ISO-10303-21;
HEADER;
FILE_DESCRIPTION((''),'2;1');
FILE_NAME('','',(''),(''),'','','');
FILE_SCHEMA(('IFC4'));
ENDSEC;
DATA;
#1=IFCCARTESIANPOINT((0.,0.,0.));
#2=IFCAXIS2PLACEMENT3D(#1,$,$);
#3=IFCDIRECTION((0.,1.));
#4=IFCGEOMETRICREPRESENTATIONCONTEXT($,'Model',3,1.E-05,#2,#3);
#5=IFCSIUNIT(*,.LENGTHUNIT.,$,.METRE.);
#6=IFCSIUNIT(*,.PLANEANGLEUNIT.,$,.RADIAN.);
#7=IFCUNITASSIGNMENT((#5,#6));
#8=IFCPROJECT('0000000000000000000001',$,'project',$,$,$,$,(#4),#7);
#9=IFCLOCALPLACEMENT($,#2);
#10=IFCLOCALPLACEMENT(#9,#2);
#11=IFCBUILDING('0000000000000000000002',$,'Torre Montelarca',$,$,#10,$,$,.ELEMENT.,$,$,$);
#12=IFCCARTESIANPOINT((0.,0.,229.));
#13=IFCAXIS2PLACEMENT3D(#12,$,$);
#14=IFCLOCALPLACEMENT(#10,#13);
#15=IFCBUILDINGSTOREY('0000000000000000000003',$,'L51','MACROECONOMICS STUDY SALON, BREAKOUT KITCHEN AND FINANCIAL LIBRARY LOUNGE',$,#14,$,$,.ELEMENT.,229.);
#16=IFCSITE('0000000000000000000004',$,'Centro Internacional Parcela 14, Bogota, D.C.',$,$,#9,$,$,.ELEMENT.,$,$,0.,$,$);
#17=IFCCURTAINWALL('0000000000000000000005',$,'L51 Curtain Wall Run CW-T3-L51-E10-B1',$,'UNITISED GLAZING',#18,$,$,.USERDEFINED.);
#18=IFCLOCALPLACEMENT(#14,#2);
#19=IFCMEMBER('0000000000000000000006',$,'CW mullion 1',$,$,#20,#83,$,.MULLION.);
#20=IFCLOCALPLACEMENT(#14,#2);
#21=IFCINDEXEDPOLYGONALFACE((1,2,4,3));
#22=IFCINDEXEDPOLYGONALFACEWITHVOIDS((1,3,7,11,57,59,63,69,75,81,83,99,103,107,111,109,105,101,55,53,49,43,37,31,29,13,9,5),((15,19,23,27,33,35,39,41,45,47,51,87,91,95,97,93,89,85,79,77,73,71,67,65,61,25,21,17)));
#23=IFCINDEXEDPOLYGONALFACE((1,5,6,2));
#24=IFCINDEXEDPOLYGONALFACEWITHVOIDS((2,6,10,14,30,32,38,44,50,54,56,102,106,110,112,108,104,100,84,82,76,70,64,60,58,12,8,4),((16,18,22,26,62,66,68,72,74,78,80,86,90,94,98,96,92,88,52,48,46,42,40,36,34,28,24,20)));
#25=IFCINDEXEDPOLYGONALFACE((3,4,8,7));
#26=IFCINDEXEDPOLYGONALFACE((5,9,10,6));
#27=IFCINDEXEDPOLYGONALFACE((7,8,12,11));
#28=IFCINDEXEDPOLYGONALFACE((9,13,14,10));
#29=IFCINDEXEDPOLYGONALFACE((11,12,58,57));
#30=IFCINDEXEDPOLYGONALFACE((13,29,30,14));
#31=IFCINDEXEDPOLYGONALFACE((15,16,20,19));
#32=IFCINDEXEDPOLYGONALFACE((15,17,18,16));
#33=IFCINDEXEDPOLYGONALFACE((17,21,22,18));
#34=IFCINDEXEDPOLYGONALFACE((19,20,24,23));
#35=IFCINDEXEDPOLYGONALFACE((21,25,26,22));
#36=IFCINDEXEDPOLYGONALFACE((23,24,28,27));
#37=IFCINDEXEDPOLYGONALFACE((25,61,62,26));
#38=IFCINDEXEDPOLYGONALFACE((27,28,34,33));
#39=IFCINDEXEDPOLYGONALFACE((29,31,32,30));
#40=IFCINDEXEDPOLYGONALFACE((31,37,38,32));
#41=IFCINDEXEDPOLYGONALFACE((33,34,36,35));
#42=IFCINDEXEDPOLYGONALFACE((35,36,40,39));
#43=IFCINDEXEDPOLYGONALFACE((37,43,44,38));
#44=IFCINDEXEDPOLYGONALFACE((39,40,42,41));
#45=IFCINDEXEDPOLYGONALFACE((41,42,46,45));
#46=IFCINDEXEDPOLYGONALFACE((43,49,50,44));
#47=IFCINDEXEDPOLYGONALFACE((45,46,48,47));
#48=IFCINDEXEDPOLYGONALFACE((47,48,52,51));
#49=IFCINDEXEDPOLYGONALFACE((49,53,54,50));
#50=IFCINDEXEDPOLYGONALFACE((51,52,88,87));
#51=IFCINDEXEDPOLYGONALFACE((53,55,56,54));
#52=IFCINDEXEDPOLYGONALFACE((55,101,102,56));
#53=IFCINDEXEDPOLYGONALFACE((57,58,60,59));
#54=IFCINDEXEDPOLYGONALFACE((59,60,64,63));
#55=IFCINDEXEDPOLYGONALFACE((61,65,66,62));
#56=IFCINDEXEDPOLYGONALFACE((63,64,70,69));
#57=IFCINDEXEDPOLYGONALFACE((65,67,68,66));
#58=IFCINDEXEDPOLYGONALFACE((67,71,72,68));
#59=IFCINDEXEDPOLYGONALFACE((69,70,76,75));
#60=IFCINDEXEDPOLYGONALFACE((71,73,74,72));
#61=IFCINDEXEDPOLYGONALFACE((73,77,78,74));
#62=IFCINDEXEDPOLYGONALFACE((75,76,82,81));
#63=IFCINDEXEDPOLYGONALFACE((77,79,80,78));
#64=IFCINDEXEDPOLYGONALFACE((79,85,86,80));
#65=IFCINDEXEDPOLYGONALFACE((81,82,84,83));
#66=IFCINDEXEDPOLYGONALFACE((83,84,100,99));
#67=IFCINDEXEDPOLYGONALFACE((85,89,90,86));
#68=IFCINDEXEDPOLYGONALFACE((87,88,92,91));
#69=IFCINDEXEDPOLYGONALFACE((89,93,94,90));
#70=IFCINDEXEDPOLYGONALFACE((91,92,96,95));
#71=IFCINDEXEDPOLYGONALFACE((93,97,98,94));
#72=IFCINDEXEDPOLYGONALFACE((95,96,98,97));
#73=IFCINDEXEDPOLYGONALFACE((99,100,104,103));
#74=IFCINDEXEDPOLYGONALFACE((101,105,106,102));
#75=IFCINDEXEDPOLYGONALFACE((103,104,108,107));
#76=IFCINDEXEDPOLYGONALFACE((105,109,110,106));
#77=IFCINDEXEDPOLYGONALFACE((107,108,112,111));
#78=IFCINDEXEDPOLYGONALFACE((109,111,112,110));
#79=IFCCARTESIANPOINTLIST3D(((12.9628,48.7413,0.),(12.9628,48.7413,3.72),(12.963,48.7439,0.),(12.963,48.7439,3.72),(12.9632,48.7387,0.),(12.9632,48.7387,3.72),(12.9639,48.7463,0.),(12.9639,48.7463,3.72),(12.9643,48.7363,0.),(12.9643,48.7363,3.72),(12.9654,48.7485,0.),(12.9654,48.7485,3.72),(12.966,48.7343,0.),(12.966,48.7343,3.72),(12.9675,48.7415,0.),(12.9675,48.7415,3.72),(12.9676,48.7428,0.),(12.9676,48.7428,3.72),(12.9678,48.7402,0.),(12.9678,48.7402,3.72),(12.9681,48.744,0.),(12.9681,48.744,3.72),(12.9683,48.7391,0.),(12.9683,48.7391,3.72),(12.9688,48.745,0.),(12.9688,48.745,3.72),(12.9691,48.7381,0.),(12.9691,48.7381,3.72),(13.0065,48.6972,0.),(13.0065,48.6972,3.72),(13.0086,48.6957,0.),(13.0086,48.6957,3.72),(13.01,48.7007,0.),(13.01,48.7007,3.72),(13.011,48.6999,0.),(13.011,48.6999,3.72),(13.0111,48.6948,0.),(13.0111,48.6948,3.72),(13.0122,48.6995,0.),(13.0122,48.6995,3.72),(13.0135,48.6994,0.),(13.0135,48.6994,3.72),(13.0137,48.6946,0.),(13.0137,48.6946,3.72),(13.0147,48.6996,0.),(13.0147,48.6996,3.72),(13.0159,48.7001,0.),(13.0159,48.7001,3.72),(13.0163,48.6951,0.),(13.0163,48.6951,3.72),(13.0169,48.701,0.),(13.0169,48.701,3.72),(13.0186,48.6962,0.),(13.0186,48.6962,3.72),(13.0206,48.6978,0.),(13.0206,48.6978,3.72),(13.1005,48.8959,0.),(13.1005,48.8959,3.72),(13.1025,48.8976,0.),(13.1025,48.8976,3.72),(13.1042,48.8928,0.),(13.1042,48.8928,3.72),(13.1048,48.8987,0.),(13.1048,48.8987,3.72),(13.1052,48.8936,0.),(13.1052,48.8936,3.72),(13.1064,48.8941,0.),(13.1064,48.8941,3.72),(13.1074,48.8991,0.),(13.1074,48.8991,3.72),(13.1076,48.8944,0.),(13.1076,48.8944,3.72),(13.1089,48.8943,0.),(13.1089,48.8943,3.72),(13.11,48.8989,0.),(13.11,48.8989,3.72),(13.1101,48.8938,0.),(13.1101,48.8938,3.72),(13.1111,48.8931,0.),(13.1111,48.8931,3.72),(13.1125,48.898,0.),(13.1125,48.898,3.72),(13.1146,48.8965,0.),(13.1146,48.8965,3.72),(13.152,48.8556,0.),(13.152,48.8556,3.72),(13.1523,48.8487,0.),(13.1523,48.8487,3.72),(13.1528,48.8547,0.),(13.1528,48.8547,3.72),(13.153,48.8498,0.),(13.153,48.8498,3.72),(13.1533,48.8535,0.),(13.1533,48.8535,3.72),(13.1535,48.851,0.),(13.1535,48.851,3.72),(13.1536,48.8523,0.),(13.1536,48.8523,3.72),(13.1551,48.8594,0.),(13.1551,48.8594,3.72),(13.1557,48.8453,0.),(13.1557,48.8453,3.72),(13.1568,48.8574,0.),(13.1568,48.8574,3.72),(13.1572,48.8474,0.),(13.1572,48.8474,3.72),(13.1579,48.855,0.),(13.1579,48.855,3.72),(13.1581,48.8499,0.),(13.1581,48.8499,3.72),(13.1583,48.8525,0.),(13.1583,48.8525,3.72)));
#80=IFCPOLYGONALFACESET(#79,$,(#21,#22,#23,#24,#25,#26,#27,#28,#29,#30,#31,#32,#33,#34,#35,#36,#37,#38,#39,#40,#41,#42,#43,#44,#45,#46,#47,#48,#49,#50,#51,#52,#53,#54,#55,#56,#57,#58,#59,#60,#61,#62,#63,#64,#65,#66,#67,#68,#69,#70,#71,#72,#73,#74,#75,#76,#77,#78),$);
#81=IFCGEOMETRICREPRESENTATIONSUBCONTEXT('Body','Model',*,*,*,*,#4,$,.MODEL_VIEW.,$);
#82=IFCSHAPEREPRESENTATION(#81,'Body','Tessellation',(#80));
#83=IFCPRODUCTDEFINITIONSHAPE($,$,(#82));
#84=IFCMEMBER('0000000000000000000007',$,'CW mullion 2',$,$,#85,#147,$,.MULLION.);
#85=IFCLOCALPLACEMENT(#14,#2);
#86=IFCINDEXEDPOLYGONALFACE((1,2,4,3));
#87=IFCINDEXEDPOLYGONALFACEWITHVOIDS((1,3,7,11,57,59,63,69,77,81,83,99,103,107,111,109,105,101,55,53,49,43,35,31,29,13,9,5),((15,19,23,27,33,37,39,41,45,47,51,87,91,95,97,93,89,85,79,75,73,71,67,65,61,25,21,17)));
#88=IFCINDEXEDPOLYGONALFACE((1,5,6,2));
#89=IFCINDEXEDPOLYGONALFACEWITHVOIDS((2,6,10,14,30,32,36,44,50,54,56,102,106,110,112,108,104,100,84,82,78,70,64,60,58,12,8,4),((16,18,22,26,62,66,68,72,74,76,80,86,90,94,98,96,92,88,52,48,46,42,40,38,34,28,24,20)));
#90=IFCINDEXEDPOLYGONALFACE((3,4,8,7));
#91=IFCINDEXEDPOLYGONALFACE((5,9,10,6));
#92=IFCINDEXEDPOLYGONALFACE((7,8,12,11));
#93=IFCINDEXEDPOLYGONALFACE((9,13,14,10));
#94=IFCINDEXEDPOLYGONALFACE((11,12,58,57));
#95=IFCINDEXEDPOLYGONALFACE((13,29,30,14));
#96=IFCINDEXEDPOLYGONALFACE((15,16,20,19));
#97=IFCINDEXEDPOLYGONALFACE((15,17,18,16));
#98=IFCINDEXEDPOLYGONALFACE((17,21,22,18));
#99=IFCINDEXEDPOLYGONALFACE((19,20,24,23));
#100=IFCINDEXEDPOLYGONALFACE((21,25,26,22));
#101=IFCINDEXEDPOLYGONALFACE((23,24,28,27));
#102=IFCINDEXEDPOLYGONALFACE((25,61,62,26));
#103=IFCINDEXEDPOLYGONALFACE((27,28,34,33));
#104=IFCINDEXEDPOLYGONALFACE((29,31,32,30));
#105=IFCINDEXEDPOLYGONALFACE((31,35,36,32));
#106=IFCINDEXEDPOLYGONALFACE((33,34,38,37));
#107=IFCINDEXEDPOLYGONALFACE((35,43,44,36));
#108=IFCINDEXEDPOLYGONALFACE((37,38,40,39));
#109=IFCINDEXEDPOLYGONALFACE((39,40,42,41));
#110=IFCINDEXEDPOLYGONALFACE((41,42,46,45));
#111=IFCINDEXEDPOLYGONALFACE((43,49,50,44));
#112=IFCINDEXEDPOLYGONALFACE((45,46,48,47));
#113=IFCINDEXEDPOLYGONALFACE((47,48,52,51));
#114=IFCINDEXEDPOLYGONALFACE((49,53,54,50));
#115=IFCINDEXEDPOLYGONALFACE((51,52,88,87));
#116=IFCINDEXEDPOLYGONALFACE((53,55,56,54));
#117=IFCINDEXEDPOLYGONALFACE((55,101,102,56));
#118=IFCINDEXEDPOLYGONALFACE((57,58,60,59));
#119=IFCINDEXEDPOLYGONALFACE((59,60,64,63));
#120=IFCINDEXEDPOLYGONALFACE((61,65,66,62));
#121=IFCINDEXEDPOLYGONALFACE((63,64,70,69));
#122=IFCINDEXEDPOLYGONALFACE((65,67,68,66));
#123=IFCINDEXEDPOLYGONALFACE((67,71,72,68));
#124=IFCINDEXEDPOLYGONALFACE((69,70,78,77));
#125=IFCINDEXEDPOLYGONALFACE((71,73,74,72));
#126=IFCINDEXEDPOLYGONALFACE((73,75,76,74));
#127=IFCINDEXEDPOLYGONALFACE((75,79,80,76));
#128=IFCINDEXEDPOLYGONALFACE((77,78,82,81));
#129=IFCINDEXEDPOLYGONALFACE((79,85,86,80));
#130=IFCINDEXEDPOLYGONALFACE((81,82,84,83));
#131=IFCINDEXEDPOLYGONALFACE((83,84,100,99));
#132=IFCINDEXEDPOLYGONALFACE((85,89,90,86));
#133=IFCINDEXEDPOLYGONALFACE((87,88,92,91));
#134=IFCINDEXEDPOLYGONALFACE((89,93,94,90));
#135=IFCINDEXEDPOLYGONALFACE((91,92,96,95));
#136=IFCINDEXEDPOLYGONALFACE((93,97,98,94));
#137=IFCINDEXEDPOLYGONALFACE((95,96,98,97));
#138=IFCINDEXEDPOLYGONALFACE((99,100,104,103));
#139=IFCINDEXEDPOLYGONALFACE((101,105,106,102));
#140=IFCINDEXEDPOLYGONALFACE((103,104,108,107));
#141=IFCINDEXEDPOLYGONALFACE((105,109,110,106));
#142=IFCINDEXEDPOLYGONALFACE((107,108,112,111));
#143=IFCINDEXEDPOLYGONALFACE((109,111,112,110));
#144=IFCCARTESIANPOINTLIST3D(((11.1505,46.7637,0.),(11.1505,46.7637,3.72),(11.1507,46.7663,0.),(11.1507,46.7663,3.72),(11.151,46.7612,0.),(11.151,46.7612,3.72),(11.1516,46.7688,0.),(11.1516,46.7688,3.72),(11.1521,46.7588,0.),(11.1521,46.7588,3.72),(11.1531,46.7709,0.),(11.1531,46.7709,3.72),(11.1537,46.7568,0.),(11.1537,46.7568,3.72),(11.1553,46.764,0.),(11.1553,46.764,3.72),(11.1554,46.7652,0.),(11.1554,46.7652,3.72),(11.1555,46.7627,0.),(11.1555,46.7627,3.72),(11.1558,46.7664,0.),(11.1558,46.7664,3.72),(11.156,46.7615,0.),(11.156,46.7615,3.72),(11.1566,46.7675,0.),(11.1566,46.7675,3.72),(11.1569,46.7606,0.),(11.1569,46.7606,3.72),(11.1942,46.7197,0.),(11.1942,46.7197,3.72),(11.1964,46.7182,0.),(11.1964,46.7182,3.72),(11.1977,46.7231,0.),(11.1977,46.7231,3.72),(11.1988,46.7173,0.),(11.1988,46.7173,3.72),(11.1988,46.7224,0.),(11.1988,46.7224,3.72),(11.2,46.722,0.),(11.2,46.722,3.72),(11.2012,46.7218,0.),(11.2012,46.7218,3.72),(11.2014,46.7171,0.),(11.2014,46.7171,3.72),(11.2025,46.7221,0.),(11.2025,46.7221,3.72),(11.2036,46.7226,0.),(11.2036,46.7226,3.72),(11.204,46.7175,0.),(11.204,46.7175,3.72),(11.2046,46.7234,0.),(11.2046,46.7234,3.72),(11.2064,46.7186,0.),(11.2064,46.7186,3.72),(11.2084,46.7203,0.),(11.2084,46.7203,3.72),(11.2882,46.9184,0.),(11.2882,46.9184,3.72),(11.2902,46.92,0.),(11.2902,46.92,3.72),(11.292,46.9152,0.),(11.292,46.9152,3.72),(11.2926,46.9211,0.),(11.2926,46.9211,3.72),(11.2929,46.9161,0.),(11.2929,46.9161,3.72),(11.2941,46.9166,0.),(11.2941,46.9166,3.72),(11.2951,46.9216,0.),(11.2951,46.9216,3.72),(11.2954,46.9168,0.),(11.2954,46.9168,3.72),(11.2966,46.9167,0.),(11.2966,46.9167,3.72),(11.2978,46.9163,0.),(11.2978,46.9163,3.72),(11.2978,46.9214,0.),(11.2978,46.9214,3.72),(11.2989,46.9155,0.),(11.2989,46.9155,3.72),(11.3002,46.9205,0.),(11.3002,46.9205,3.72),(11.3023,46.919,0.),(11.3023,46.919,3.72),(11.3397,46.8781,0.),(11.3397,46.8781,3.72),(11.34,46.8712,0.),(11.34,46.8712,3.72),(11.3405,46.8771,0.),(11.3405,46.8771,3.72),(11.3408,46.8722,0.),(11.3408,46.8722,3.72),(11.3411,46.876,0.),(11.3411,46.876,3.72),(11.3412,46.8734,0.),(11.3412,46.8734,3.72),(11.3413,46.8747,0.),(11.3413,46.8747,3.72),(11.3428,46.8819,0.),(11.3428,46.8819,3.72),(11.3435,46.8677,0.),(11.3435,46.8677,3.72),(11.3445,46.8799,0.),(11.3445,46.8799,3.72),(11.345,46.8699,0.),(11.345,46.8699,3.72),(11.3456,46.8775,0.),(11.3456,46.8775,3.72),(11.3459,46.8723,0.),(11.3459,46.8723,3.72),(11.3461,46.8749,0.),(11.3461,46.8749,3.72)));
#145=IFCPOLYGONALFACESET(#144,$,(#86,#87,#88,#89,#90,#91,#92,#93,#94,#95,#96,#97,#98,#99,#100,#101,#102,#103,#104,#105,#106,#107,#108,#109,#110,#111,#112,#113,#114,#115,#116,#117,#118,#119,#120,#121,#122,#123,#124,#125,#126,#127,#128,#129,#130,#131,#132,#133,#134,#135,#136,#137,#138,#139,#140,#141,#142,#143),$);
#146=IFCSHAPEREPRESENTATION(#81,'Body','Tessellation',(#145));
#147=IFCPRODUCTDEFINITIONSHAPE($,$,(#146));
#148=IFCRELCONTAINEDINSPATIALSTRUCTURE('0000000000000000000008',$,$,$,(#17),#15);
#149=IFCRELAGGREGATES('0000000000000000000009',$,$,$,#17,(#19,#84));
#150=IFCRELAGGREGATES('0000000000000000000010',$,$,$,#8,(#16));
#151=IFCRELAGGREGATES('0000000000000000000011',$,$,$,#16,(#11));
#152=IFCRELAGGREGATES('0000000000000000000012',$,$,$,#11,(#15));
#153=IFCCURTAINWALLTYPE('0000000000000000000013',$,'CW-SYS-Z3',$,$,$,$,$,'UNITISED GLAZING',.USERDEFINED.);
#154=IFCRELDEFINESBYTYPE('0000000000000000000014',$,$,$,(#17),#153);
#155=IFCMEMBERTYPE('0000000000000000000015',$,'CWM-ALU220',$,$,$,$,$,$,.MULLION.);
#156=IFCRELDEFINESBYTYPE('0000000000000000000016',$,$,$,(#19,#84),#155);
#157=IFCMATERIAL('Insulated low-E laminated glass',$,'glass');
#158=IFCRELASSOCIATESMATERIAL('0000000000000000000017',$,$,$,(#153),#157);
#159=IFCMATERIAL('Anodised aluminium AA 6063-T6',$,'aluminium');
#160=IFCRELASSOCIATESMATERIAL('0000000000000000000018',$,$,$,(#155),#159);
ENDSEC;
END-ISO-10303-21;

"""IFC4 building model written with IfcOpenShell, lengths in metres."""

from ifc_helpers import new_model, si_unit, direction, frame, origin, origin_2d, place, context, subcontext, project, spatial, hollow_rectangle, extrude, source, transform, mapped, material, material_profile, profile_set, type_object, element, aggregate, save


model = new_model("IFC4")

# Units and contexts
model_context = context("Model", 3, precision=1e-05, world=origin(), true_north=direction((0.0, 1.0)))
body_context = subcontext(model_context, "Body", "Model", "MODEL_VIEW")
ifc_project = project(units=[si_unit("LENGTHUNIT", "METRE"), si_unit("PLANEANGLEUNIT", "RADIAN")], contexts=[model_context])

# Site, building, storey
site_placement = place(None, origin())
site = spatial("IfcSite", under=ifc_project, at=site_placement, Name="Centro Internacional Parcela 14, Bogota, D.C.", CompositionType="ELEMENT", RefElevation=0.0)
building_placement = place(site_placement, origin())
building = spatial("IfcBuilding", under=site, at=building_placement, Name="Torre Montelarca", CompositionType="ELEMENT")
storey_placement = place(building_placement, frame((0.0, 0.0, 229.0)))
storey = spatial("IfcBuildingStorey", under=building, at=storey_placement, Name="L51", Description="MACROECONOMICS STUDY SALON, BREAKOUT KITCHEN AND FINANCIAL LIBRARY LOUNGE", CompositionType="ELEMENT", Elevation=229.0)

# Shared definitions
ifc_material_1 = material(Name="Insulated low-E laminated glass", Category="glass")
curtain_wall_type = type_object("IfcCurtainWallType", Name="CW-SYS-Z3", ElementType="UNITISED GLAZING", PredefinedType="USERDEFINED", material=ifc_material_1)
ifc_material_2 = material(Name="Anodised aluminium AA 6063-T6", Category="aluminium")
ifc_material_profile_1 = material_profile(ifc_material_2, hollow_rectangle(XDim=0.075, YDim=0.22, WallThickness=0.0049, InnerFilletRadius=0.0049, OuterFilletRadius=0.01, at=origin_2d()), Name="ALU75X220X5", Category="aluminium")
ifc_profile_set_1 = profile_set([ifc_material_profile_1], Name="Anodised aluminium AA 6063-T6")
member_type_1 = type_object("IfcMemberType", Name="CWM-ALU220", PredefinedType="MULLION", material=ifc_profile_set_1)
shared_shape_1 = source(origin(), body_context, "Body", "SweptSolid", [
    extrude(hollow_rectangle(XDim=0.075, YDim=0.22, WallThickness=0.0049, InnerFilletRadius=0.0049, OuterFilletRadius=0.01, at=origin_2d()), origin(), (0.0, 0.0, 1.0), 3.72),
])

# Curtain wall, members
curtain_wall_1_placement = place(storey_placement, origin())
curtain_wall_1 = element("IfcCurtainWall", 1, at=curtain_wall_1_placement, inside=storey, type_object=curtain_wall_type, Name="L51 Curtain Wall Run CW-T3-L51-E10-B1", ObjectType="UNITISED GLAZING", PredefinedType="USERDEFINED")
member_1_placement = place(storey_placement, frame((13.0605, 48.7969, 0.0), z_axis=(0.0, 0.0, 1.0), x_axis=(0.737271, -0.675597, 0.0)))
member_1 = element("IfcMember", 2, at=member_1_placement, type_object=member_type_1, Name="CW mullion 1", PredefinedType="MULLION", context=body_context, shape_type="MappedRepresentation", body=[
    mapped(shared_shape_1, transform((0.0, 0.0, 0.0), scale=1.0)),
])
member_2_placement = place(storey_placement, frame((11.2483, 46.8193, 0.0), z_axis=(0.0, 0.0, 1.0), x_axis=(0.737271, -0.675597, 0.0)))
member_2 = element("IfcMember", 3, at=member_2_placement, type_object=member_type_1, Name="CW mullion 2", PredefinedType="MULLION", context=body_context, shape_type="MappedRepresentation", body=[
    mapped(shared_shape_1, transform((0.0, 0.0, 0.0), scale=1.0)),
])

aggregate(curtain_wall_1, [member_1, member_2])

save(model, "model.ifc")
